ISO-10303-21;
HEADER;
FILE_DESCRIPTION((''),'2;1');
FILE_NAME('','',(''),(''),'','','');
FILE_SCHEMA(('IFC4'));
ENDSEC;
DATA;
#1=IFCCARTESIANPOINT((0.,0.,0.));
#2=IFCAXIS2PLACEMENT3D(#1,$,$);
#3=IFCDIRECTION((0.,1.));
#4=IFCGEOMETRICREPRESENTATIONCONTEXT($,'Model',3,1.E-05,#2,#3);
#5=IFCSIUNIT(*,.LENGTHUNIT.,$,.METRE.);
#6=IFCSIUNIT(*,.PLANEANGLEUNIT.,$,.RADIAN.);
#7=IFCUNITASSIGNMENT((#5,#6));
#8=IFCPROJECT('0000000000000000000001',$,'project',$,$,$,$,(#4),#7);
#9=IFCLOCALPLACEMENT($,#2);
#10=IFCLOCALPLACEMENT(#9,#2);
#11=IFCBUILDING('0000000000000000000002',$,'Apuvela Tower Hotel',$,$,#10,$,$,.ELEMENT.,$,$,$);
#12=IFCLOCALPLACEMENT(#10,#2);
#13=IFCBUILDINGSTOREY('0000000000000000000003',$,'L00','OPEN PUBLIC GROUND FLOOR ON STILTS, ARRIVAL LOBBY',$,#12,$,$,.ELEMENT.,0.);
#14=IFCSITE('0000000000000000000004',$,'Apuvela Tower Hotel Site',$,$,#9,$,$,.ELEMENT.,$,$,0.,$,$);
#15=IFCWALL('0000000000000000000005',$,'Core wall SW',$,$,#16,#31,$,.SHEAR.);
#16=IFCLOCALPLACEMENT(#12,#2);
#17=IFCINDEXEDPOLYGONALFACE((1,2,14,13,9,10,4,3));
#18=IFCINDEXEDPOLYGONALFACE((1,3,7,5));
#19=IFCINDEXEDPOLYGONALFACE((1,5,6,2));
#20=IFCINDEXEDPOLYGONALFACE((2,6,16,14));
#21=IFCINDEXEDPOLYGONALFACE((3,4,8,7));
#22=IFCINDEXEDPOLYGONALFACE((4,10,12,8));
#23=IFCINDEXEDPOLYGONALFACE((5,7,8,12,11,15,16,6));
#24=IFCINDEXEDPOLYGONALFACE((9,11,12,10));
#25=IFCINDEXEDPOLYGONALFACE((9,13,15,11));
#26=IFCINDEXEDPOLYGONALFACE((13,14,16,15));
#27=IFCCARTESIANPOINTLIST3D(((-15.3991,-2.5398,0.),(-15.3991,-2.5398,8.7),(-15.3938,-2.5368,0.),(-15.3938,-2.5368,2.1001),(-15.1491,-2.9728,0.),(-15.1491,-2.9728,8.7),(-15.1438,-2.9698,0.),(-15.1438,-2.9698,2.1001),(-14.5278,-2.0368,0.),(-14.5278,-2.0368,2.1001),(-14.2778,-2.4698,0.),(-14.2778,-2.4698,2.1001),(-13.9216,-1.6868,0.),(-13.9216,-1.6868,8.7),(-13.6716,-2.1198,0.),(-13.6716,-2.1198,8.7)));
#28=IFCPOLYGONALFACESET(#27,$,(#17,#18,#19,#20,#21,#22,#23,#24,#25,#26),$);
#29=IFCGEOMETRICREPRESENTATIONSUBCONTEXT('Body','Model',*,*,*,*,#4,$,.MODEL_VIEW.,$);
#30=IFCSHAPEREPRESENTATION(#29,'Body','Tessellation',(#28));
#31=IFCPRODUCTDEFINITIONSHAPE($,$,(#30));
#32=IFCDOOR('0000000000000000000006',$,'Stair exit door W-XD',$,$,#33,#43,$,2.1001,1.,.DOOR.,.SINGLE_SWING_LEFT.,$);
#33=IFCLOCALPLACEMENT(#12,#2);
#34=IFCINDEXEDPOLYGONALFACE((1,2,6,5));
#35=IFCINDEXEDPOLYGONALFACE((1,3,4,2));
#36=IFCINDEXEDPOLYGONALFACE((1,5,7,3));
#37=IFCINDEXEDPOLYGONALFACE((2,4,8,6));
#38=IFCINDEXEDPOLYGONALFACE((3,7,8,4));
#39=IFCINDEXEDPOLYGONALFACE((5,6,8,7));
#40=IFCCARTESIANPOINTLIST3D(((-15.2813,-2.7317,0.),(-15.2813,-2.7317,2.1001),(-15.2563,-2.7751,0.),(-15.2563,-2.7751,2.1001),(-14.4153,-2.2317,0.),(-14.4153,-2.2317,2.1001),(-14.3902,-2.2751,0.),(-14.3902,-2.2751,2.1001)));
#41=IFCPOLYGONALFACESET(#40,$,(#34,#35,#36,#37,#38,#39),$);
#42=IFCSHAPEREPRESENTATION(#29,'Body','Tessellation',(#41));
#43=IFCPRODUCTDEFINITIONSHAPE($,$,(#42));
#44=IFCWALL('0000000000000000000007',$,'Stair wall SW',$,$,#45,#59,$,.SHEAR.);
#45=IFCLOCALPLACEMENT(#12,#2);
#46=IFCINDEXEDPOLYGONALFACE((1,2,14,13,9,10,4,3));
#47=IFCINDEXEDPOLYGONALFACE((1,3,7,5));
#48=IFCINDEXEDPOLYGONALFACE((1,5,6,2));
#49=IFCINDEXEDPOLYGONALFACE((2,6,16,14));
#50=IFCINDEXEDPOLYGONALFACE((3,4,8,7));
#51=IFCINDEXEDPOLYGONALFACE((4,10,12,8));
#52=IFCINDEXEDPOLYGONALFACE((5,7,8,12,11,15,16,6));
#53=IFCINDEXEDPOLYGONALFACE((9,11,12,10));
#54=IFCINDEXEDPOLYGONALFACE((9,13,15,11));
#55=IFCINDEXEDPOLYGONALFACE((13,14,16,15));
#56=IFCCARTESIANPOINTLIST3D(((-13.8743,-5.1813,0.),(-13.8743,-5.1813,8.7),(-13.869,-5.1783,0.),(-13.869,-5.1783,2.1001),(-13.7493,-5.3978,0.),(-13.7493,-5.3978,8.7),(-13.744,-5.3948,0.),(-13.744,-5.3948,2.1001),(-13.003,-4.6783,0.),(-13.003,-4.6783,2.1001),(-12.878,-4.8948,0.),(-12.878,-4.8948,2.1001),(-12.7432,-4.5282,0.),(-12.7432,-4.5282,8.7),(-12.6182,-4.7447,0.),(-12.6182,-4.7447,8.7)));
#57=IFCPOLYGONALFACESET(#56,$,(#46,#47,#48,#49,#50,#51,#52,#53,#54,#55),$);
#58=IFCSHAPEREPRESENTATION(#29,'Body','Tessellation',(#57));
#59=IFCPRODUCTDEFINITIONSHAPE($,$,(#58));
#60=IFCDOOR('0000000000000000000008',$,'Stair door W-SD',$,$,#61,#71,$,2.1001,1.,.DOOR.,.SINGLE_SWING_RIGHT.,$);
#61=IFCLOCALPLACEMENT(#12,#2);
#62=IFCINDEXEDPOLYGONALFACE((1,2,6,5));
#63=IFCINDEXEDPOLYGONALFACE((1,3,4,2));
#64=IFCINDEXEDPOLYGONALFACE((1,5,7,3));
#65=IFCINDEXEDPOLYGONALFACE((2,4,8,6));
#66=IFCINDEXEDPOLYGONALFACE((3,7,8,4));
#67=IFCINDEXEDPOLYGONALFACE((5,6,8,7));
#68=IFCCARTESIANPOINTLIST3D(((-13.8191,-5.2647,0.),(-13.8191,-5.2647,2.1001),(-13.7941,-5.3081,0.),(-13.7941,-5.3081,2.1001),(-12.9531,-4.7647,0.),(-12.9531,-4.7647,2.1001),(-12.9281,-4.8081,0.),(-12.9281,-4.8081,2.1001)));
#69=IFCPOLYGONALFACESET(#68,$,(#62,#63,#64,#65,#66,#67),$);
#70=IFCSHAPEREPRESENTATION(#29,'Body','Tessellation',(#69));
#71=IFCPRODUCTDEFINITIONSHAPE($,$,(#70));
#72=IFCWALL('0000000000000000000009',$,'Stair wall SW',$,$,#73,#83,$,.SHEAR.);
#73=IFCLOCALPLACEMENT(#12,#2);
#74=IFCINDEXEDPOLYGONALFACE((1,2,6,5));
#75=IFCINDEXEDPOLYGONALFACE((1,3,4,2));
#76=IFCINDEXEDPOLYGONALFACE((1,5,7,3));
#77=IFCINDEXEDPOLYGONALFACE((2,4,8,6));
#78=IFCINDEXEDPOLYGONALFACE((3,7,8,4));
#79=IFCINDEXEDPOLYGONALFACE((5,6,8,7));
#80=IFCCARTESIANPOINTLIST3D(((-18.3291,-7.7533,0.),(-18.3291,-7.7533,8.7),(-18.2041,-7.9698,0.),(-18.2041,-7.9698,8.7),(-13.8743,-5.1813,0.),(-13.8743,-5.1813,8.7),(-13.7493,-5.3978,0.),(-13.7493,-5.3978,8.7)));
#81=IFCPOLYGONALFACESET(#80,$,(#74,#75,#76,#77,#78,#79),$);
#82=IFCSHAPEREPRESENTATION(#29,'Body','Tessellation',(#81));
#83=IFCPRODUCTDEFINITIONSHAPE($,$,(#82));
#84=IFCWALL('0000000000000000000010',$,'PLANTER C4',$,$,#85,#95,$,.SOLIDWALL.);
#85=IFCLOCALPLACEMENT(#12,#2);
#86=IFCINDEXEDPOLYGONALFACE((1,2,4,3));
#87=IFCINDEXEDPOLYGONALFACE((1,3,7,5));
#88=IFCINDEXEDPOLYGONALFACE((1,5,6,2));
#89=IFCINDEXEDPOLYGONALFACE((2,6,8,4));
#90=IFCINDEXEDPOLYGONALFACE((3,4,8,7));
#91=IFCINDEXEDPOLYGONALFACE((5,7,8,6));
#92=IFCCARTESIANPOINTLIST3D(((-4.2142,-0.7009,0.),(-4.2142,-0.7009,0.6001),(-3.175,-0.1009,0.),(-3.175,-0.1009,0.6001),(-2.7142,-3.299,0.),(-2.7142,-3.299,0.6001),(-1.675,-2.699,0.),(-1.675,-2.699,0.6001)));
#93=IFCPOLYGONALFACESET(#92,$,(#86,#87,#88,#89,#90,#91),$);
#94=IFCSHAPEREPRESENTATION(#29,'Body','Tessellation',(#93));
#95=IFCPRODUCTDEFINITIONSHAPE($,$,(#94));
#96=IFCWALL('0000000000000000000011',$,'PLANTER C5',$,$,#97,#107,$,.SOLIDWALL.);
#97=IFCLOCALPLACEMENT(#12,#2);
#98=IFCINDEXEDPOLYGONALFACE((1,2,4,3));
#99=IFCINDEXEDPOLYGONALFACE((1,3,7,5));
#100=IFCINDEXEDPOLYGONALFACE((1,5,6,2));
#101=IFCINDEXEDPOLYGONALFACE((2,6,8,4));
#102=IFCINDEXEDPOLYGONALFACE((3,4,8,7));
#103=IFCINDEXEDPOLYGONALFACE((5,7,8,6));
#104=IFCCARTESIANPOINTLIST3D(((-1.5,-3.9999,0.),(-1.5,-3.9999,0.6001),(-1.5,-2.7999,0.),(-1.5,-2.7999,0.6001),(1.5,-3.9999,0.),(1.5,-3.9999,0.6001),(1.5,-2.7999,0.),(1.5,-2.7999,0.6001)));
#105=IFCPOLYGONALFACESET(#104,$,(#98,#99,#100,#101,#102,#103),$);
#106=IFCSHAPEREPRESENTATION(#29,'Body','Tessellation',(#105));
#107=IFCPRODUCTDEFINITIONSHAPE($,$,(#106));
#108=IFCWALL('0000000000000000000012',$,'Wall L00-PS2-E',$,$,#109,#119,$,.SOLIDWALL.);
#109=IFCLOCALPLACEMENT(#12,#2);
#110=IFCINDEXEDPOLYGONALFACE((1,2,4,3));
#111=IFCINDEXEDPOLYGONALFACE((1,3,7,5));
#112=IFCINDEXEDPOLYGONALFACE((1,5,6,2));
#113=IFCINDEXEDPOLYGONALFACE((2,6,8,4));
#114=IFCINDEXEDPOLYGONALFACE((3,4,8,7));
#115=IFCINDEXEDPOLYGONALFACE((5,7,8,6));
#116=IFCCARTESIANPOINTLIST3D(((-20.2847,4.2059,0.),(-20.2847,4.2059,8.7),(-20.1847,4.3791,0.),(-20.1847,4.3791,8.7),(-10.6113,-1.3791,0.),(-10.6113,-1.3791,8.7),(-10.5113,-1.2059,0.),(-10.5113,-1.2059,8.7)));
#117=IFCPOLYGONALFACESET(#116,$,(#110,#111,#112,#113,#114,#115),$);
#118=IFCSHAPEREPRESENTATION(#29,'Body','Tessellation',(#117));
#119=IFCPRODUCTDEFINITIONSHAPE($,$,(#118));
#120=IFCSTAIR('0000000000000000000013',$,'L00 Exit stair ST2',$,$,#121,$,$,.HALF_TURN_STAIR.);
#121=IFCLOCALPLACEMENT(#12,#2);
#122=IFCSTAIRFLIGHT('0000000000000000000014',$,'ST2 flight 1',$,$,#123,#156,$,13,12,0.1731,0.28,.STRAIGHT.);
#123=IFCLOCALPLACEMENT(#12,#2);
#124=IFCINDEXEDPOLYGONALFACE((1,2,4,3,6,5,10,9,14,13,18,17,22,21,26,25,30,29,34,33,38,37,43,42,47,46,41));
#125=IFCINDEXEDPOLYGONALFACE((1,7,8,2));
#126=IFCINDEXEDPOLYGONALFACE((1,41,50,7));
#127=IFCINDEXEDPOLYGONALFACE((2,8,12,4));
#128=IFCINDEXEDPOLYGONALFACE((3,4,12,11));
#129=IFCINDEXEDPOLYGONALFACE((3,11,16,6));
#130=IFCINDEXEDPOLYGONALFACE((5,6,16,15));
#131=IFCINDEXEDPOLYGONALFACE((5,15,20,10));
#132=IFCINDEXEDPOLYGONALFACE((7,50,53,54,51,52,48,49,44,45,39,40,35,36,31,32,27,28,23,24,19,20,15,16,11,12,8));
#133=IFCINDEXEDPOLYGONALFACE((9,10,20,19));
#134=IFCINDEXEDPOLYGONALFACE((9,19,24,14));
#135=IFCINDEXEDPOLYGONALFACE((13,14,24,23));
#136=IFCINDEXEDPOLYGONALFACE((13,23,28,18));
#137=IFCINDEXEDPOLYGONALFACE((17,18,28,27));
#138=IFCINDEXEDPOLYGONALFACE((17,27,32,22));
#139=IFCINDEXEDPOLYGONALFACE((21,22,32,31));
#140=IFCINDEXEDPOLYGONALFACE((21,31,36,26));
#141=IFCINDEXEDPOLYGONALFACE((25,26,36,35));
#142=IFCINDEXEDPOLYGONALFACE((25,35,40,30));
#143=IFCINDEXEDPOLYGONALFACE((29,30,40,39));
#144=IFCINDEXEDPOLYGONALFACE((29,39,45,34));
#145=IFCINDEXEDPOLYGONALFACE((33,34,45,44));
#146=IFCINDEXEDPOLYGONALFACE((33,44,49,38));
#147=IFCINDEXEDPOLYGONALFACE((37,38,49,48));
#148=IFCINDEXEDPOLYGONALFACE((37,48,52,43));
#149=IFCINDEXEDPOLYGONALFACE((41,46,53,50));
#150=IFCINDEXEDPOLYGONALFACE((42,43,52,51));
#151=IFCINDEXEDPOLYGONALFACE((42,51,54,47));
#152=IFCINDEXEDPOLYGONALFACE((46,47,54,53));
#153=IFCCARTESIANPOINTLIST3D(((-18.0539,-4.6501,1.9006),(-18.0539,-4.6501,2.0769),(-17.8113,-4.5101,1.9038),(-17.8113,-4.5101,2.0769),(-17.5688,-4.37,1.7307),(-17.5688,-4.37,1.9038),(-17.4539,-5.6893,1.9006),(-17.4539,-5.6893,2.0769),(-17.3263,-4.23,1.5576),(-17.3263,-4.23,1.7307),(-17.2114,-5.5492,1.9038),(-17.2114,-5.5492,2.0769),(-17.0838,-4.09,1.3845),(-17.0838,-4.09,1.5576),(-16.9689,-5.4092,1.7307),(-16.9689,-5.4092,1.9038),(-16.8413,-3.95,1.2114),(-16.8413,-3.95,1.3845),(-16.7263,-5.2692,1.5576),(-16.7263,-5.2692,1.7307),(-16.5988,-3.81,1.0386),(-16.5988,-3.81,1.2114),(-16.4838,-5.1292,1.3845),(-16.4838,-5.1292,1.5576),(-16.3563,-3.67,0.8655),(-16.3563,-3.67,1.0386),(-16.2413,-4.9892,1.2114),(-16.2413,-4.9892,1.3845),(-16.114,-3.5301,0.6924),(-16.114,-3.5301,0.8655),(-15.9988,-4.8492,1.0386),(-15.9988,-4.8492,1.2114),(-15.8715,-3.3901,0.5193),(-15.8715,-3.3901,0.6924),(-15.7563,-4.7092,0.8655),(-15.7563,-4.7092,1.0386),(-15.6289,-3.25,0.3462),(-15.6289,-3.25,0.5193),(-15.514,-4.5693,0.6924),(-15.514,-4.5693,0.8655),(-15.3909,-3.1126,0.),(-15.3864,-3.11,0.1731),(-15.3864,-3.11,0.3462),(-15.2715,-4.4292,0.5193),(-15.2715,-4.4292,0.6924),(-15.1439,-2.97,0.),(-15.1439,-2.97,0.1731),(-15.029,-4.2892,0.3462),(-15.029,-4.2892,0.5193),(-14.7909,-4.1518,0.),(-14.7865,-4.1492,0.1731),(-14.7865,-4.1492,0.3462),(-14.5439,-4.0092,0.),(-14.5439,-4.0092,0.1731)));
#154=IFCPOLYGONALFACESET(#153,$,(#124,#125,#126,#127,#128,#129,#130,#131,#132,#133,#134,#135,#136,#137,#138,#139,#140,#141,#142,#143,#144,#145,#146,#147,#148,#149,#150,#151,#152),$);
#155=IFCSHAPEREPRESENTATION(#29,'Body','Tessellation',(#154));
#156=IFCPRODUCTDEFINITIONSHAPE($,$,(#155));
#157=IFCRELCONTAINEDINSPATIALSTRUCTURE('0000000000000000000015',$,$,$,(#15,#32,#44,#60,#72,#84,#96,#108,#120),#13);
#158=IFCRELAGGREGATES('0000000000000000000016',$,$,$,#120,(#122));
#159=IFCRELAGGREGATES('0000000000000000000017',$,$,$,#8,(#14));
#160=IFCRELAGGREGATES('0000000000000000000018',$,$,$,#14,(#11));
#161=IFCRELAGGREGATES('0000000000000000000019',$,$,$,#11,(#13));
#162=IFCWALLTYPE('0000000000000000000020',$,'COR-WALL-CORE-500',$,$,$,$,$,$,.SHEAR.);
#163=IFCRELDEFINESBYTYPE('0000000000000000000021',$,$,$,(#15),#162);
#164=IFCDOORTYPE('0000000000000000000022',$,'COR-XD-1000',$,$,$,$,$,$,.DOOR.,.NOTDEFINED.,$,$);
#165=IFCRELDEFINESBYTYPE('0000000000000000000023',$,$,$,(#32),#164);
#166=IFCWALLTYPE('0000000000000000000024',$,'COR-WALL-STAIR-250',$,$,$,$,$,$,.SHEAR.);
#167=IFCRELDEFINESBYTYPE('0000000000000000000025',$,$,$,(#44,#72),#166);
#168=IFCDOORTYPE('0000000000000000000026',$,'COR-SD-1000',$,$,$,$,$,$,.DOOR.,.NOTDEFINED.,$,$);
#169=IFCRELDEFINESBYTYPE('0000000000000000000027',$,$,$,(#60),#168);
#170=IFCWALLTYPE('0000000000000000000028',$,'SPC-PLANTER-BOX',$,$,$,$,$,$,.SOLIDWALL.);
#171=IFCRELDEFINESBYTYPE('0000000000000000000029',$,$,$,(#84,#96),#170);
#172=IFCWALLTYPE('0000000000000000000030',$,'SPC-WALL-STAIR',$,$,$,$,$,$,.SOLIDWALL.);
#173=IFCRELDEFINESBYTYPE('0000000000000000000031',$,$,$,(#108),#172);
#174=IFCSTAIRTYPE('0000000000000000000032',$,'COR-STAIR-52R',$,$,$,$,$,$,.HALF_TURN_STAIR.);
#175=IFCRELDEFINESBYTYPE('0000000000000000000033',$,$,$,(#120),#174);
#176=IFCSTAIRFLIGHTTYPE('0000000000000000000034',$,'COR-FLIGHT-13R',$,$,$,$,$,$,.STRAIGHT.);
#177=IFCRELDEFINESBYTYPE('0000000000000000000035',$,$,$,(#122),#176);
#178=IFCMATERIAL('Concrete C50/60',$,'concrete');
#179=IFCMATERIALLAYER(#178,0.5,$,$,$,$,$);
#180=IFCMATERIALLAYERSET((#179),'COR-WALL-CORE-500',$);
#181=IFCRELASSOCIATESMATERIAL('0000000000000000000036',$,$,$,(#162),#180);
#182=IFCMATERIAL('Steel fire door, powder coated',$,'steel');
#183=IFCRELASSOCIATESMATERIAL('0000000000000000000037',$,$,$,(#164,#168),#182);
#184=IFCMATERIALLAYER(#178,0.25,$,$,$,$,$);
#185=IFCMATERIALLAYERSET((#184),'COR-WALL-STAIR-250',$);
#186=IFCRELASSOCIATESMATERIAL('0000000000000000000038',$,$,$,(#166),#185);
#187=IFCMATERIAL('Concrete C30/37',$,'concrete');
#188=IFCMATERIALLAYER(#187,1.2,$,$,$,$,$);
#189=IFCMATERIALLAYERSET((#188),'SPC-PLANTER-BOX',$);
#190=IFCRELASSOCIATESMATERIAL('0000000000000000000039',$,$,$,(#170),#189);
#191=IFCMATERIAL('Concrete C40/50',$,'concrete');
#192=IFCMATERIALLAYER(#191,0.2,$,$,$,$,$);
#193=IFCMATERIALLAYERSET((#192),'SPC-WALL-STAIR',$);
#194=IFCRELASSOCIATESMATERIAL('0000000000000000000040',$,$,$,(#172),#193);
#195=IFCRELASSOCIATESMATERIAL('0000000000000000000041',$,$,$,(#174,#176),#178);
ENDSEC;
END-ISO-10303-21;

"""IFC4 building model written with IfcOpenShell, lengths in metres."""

from ifc_helpers import new_model, si_unit, direction, frame, frame_2d, origin, origin_2d, place, context, subcontext, project, spatial, polyline, rectangle, outline, extrude, material, layer, layer_set, type_object, element, fill, aggregate, save


model = new_model("IFC4")

# Units and contexts
model_context = context("Model", 3, precision=1e-05, world=origin(), true_north=direction((0.0, 1.0)))
body_context = subcontext(model_context, "Body", "Model", "MODEL_VIEW")
ifc_project = project(units=[si_unit("LENGTHUNIT", "METRE"), si_unit("PLANEANGLEUNIT", "RADIAN")], contexts=[model_context])

# Site, building, storey
site_placement = place(None, origin())
site = spatial("IfcSite", under=ifc_project, at=site_placement, Name="Apuvela Tower Hotel Site", CompositionType="ELEMENT", RefElevation=0.0)
building_placement = place(site_placement, origin())
building = spatial("IfcBuilding", under=site, at=building_placement, Name="Apuvela Tower Hotel", CompositionType="ELEMENT")
storey_placement = place(building_placement, origin())
storey = spatial("IfcBuildingStorey", under=building, at=storey_placement, Name="L00", Description="OPEN PUBLIC GROUND FLOOR ON STILTS, ARRIVAL LOBBY", CompositionType="ELEMENT", Elevation=0.0)

# Shared definitions
ifc_material_1 = material(Name="Concrete C40/50", Category="concrete")

# Shared definitions
ifc_material_2 = material(Name="Concrete C50/60", Category="concrete")

# Shared definitions
ifc_material_3 = material(Name="Steel fire door, powder coated", Category="steel")

# Walls, openings, doors
ifc_layer_1 = layer(ifc_material_2, 0.5)
ifc_layer_set_1 = layer_set([ifc_layer_1], Name="COR-WALL-CORE-500")
wall_type_1 = type_object("IfcWallType", Name="COR-WALL-CORE-500", PredefinedType="SHEAR", material=ifc_layer_set_1)
wall_1_placement = place(storey_placement, frame((-13.7966, -1.9033, 0.0), z_axis=(0.0, 0.0, 1.0), x_axis=(-0.866033, -0.499987, 0.0)))
wall_1 = element("IfcWall", 1, at=wall_1_placement, inside=storey, type_object=wall_type_1, Name="Core wall SW", PredefinedType="SHEAR", context=body_context, shape_type="SweptSolid", body=[
    extrude(rectangle(XDim=1.7061, YDim=0.5, at=frame_2d((0.853, 0.0))), origin(), (0.0, 0.0, 1.0), 8.7),
])
opening_1_placement = place(wall_1_placement, frame((0.7, 0.0, 0.0)))
opening_1 = element("IfcOpeningElement", 2, at=opening_1_placement, cuts=wall_1, PredefinedType="OPENING", context=body_context, shape_type="SweptSolid", body=[
    extrude(rectangle(XDim=1.0, YDim=2.1001, at=frame_2d((0.5, 1.05))), frame((0.0, 0.26, 0.0), z_axis=(0.0, -1.0, 0.0), x_axis=(1.0, 0.0, 0.0)), (0.0, 0.0, 1.0), 0.52),
])
door_type_1 = type_object("IfcDoorType", Name="COR-XD-1000", OperationType="NOTDEFINED", PredefinedType="DOOR", material=ifc_material_3)
door_1_placement = place(opening_1_placement, frame((1.0, 0.0, 0.0), z_axis=(0.0, 0.0, 1.0), x_axis=(-1.0, 0.0, 0.0)))
door_1 = element("IfcDoor", 3, at=door_1_placement, inside=storey, type_object=door_type_1, Name="Stair exit door W-XD", OperationType="SINGLE_SWING_LEFT", OverallHeight=2.1001, OverallWidth=1.0, PredefinedType="DOOR", context=body_context, shape_type="SweptSolid", body=[
    extrude(rectangle(XDim=1.0, YDim=2.1001, at=frame_2d((0.5, 1.05))), frame((0.0, 0.0249, 0.0), z_axis=(0.0, -1.0, 0.0), x_axis=(1.0, 0.0, 0.0)), (0.0, 0.0, 1.0), 0.05),
])
fill(opening_1, door_1)
ifc_layer_2 = layer(ifc_material_2, 0.25)
ifc_layer_set_2 = layer_set([ifc_layer_2], Name="COR-WALL-STAIR-250")
wall_type_2 = type_object("IfcWallType", Name="COR-WALL-STAIR-250", PredefinedType="SHEAR", material=ifc_layer_set_2)
wall_2_placement = place(storey_placement, frame((-12.6807, -4.6365, 0.0), z_axis=(0.0, 0.0, 1.0), x_axis=(-0.866014, -0.500019, 0.0)))
wall_2 = element("IfcWall", 4, at=wall_2_placement, inside=storey, type_object=wall_type_2, Name="Stair wall SW", PredefinedType="SHEAR", context=body_context, shape_type="SweptSolid", body=[
    extrude(rectangle(XDim=1.3062, YDim=0.25, at=frame_2d((0.6531, 0.0))), origin(), (0.0, 0.0, 1.0), 8.7),
])
opening_2_placement = place(wall_2_placement, frame((0.3, 0.0, 0.0)))
opening_2 = element("IfcOpeningElement", 5, at=opening_2_placement, cuts=wall_2, PredefinedType="OPENING", context=body_context, shape_type="SweptSolid", body=[
    extrude(rectangle(XDim=1.0, YDim=2.1001, at=frame_2d((0.5, 1.05))), frame((0.0, 0.135, 0.0), z_axis=(0.0, -1.0, 0.0), x_axis=(1.0, 0.0, 0.0)), (0.0, 0.0, 1.0), 0.27),
])
door_type_2 = type_object("IfcDoorType", Name="COR-SD-1000", OperationType="NOTDEFINED", PredefinedType="DOOR", material=ifc_material_3)
door_2_placement = place(opening_2_placement, origin())
door_2 = element("IfcDoor", 6, at=door_2_placement, inside=storey, type_object=door_type_2, Name="Stair door W-SD", OperationType="SINGLE_SWING_RIGHT", OverallHeight=2.1001, OverallWidth=1.0, PredefinedType="DOOR", context=body_context, shape_type="SweptSolid", body=[
    extrude(rectangle(XDim=1.0, YDim=2.1001, at=frame_2d((0.5, 1.05))), frame((0.0, 0.0249, 0.0), z_axis=(0.0, -1.0, 0.0), x_axis=(1.0, 0.0, 0.0)), (0.0, 0.0, 1.0), 0.05),
])
fill(opening_2, door_2)

# Walls
wall_3_placement = place(storey_placement, frame((-13.8118, -5.2896, 0.0), z_axis=(0.0, 0.0, 1.0), x_axis=(-0.866024, -0.500003, 0.0)))
element("IfcWall", 7, at=wall_3_placement, inside=storey, type_object=wall_type_2, Name="Stair wall SW", PredefinedType="SHEAR", context=body_context, shape_type="SweptSolid", body=[
    extrude(rectangle(XDim=5.144, YDim=0.25, at=frame_2d((2.572, 0.0))), origin(), (0.0, 0.0, 1.0), 8.7),
])
ifc_material_4 = material(Name="Concrete C30/37", Category="concrete")
ifc_layer_3 = layer(ifc_material_4, 1.2)
ifc_layer_set_3 = layer_set([ifc_layer_3], Name="SPC-PLANTER-BOX")
wall_type_3 = type_object("IfcWallType", Name="SPC-PLANTER-BOX", PredefinedType="SOLIDWALL", material=ifc_layer_set_3)
for number, where, z_axis, x_axis, name in (
    (8, (-2.9446, -1.7, 0.0), (0.0, 0.0, 1.0), (0.5, -0.866025, 0.0), "PLANTER C4"),
    (9, (0.0, -3.3999, 0.0), (0.0, 0.0, 1.0), (1.0, 0.0, 0.0), "PLANTER C5"),
):
    element("IfcWall", number, at=place(storey_placement, frame(where, z_axis=z_axis, x_axis=x_axis)), inside=storey, type_object=wall_type_3, Name=name, PredefinedType="SOLIDWALL", context=body_context, shape_type="SweptSolid", body=[
        extrude(rectangle(XDim=3.0, YDim=1.2, at=origin_2d()), origin(), (0.0, 0.0, 1.0), 0.6001),
    ])
ifc_layer_4 = layer(ifc_material_1, 0.2)
ifc_layer_set_4 = layer_set([ifc_layer_4], Name="SPC-WALL-STAIR")
wall_type_4 = type_object("IfcWallType", Name="SPC-WALL-STAIR", PredefinedType="SOLIDWALL", material=ifc_layer_set_4)
wall_4_placement = place(storey_placement, frame((-10.5613, -1.2925, 0.0), z_axis=(0.0, 0.0, 1.0), x_axis=(-0.866023, 0.500004, 0.0)))
element("IfcWall", 10, at=wall_4_placement, inside=storey, type_object=wall_type_4, Name="Wall L00-PS2-E", PredefinedType="SOLIDWALL", context=body_context, shape_type="SweptSolid", body=[
    extrude(rectangle(XDim=11.1699, YDim=0.2, at=frame_2d((5.585, 0.0))), origin(), (0.0, 0.0, 1.0), 8.7),
])

# Stair, stair flight
stair_type = type_object("IfcStairType", Name="COR-STAIR-52R", PredefinedType="HALF_TURN_STAIR", material=ifc_material_2)
stair_placement = place(storey_placement, origin())
stair = element("IfcStair", 11, at=stair_placement, inside=storey, type_object=stair_type, Name="L00 Exit stair ST2", PredefinedType="HALF_TURN_STAIR")
stair_flight_type = type_object("IfcStairFlightType", Name="COR-FLIGHT-13R", PredefinedType="STRAIGHT", material=ifc_material_2)
stair_flight_1_placement = place(storey_placement, frame((-14.844, -3.4895, 0.0), z_axis=(0.0, 0.0, 1.0), x_axis=(-0.866025, -0.5, 0.0)))
stair_flight_1 = element("IfcStairFlight", 12, at=stair_flight_1_placement, type_object=stair_flight_type, Name="ST2 flight 1", NumberOfRisers=13, NumberOfTreads=12, PredefinedType="STRAIGHT", RiserHeight=0.1731, TreadLength=0.28, context=body_context, shape_type="SweptSolid", body=[
    extrude(outline(polyline([(0.0, 0.0), (0.0, 0.1731), (0.28, 0.1731), (0.28, 0.3462), (0.5601, 0.3462), (0.5601, 0.5193), (0.8401, 0.5193), (0.8401, 0.6924), (1.1201, 0.6924), (1.1201, 0.8655), (1.3999, 0.8655), (1.3999, 1.0386), (1.6799, 1.0386), (1.6799, 1.2114), (1.96, 1.2114), (1.96, 1.3845), (2.24, 1.3845), (2.24, 1.5576), (2.52, 1.5576), (2.52, 1.7307), (2.8, 1.7307), (2.8, 1.9038), (3.0801, 1.9038), (3.0801, 2.0769), (3.3601, 2.0769), (3.3601, 2.25), (3.3601, 1.9006), (0.2852, 0.0), (0.0, 0.0)])), frame((0.0, 0.6001, 0.0), z_axis=(0.0, -1.0, 0.0), x_axis=(1.0, 0.0, 0.0)), (0.0, 0.0, 1.0), 1.2),
])
aggregate(stair, [stair_flight_1])

save(model, "model.ifc")
